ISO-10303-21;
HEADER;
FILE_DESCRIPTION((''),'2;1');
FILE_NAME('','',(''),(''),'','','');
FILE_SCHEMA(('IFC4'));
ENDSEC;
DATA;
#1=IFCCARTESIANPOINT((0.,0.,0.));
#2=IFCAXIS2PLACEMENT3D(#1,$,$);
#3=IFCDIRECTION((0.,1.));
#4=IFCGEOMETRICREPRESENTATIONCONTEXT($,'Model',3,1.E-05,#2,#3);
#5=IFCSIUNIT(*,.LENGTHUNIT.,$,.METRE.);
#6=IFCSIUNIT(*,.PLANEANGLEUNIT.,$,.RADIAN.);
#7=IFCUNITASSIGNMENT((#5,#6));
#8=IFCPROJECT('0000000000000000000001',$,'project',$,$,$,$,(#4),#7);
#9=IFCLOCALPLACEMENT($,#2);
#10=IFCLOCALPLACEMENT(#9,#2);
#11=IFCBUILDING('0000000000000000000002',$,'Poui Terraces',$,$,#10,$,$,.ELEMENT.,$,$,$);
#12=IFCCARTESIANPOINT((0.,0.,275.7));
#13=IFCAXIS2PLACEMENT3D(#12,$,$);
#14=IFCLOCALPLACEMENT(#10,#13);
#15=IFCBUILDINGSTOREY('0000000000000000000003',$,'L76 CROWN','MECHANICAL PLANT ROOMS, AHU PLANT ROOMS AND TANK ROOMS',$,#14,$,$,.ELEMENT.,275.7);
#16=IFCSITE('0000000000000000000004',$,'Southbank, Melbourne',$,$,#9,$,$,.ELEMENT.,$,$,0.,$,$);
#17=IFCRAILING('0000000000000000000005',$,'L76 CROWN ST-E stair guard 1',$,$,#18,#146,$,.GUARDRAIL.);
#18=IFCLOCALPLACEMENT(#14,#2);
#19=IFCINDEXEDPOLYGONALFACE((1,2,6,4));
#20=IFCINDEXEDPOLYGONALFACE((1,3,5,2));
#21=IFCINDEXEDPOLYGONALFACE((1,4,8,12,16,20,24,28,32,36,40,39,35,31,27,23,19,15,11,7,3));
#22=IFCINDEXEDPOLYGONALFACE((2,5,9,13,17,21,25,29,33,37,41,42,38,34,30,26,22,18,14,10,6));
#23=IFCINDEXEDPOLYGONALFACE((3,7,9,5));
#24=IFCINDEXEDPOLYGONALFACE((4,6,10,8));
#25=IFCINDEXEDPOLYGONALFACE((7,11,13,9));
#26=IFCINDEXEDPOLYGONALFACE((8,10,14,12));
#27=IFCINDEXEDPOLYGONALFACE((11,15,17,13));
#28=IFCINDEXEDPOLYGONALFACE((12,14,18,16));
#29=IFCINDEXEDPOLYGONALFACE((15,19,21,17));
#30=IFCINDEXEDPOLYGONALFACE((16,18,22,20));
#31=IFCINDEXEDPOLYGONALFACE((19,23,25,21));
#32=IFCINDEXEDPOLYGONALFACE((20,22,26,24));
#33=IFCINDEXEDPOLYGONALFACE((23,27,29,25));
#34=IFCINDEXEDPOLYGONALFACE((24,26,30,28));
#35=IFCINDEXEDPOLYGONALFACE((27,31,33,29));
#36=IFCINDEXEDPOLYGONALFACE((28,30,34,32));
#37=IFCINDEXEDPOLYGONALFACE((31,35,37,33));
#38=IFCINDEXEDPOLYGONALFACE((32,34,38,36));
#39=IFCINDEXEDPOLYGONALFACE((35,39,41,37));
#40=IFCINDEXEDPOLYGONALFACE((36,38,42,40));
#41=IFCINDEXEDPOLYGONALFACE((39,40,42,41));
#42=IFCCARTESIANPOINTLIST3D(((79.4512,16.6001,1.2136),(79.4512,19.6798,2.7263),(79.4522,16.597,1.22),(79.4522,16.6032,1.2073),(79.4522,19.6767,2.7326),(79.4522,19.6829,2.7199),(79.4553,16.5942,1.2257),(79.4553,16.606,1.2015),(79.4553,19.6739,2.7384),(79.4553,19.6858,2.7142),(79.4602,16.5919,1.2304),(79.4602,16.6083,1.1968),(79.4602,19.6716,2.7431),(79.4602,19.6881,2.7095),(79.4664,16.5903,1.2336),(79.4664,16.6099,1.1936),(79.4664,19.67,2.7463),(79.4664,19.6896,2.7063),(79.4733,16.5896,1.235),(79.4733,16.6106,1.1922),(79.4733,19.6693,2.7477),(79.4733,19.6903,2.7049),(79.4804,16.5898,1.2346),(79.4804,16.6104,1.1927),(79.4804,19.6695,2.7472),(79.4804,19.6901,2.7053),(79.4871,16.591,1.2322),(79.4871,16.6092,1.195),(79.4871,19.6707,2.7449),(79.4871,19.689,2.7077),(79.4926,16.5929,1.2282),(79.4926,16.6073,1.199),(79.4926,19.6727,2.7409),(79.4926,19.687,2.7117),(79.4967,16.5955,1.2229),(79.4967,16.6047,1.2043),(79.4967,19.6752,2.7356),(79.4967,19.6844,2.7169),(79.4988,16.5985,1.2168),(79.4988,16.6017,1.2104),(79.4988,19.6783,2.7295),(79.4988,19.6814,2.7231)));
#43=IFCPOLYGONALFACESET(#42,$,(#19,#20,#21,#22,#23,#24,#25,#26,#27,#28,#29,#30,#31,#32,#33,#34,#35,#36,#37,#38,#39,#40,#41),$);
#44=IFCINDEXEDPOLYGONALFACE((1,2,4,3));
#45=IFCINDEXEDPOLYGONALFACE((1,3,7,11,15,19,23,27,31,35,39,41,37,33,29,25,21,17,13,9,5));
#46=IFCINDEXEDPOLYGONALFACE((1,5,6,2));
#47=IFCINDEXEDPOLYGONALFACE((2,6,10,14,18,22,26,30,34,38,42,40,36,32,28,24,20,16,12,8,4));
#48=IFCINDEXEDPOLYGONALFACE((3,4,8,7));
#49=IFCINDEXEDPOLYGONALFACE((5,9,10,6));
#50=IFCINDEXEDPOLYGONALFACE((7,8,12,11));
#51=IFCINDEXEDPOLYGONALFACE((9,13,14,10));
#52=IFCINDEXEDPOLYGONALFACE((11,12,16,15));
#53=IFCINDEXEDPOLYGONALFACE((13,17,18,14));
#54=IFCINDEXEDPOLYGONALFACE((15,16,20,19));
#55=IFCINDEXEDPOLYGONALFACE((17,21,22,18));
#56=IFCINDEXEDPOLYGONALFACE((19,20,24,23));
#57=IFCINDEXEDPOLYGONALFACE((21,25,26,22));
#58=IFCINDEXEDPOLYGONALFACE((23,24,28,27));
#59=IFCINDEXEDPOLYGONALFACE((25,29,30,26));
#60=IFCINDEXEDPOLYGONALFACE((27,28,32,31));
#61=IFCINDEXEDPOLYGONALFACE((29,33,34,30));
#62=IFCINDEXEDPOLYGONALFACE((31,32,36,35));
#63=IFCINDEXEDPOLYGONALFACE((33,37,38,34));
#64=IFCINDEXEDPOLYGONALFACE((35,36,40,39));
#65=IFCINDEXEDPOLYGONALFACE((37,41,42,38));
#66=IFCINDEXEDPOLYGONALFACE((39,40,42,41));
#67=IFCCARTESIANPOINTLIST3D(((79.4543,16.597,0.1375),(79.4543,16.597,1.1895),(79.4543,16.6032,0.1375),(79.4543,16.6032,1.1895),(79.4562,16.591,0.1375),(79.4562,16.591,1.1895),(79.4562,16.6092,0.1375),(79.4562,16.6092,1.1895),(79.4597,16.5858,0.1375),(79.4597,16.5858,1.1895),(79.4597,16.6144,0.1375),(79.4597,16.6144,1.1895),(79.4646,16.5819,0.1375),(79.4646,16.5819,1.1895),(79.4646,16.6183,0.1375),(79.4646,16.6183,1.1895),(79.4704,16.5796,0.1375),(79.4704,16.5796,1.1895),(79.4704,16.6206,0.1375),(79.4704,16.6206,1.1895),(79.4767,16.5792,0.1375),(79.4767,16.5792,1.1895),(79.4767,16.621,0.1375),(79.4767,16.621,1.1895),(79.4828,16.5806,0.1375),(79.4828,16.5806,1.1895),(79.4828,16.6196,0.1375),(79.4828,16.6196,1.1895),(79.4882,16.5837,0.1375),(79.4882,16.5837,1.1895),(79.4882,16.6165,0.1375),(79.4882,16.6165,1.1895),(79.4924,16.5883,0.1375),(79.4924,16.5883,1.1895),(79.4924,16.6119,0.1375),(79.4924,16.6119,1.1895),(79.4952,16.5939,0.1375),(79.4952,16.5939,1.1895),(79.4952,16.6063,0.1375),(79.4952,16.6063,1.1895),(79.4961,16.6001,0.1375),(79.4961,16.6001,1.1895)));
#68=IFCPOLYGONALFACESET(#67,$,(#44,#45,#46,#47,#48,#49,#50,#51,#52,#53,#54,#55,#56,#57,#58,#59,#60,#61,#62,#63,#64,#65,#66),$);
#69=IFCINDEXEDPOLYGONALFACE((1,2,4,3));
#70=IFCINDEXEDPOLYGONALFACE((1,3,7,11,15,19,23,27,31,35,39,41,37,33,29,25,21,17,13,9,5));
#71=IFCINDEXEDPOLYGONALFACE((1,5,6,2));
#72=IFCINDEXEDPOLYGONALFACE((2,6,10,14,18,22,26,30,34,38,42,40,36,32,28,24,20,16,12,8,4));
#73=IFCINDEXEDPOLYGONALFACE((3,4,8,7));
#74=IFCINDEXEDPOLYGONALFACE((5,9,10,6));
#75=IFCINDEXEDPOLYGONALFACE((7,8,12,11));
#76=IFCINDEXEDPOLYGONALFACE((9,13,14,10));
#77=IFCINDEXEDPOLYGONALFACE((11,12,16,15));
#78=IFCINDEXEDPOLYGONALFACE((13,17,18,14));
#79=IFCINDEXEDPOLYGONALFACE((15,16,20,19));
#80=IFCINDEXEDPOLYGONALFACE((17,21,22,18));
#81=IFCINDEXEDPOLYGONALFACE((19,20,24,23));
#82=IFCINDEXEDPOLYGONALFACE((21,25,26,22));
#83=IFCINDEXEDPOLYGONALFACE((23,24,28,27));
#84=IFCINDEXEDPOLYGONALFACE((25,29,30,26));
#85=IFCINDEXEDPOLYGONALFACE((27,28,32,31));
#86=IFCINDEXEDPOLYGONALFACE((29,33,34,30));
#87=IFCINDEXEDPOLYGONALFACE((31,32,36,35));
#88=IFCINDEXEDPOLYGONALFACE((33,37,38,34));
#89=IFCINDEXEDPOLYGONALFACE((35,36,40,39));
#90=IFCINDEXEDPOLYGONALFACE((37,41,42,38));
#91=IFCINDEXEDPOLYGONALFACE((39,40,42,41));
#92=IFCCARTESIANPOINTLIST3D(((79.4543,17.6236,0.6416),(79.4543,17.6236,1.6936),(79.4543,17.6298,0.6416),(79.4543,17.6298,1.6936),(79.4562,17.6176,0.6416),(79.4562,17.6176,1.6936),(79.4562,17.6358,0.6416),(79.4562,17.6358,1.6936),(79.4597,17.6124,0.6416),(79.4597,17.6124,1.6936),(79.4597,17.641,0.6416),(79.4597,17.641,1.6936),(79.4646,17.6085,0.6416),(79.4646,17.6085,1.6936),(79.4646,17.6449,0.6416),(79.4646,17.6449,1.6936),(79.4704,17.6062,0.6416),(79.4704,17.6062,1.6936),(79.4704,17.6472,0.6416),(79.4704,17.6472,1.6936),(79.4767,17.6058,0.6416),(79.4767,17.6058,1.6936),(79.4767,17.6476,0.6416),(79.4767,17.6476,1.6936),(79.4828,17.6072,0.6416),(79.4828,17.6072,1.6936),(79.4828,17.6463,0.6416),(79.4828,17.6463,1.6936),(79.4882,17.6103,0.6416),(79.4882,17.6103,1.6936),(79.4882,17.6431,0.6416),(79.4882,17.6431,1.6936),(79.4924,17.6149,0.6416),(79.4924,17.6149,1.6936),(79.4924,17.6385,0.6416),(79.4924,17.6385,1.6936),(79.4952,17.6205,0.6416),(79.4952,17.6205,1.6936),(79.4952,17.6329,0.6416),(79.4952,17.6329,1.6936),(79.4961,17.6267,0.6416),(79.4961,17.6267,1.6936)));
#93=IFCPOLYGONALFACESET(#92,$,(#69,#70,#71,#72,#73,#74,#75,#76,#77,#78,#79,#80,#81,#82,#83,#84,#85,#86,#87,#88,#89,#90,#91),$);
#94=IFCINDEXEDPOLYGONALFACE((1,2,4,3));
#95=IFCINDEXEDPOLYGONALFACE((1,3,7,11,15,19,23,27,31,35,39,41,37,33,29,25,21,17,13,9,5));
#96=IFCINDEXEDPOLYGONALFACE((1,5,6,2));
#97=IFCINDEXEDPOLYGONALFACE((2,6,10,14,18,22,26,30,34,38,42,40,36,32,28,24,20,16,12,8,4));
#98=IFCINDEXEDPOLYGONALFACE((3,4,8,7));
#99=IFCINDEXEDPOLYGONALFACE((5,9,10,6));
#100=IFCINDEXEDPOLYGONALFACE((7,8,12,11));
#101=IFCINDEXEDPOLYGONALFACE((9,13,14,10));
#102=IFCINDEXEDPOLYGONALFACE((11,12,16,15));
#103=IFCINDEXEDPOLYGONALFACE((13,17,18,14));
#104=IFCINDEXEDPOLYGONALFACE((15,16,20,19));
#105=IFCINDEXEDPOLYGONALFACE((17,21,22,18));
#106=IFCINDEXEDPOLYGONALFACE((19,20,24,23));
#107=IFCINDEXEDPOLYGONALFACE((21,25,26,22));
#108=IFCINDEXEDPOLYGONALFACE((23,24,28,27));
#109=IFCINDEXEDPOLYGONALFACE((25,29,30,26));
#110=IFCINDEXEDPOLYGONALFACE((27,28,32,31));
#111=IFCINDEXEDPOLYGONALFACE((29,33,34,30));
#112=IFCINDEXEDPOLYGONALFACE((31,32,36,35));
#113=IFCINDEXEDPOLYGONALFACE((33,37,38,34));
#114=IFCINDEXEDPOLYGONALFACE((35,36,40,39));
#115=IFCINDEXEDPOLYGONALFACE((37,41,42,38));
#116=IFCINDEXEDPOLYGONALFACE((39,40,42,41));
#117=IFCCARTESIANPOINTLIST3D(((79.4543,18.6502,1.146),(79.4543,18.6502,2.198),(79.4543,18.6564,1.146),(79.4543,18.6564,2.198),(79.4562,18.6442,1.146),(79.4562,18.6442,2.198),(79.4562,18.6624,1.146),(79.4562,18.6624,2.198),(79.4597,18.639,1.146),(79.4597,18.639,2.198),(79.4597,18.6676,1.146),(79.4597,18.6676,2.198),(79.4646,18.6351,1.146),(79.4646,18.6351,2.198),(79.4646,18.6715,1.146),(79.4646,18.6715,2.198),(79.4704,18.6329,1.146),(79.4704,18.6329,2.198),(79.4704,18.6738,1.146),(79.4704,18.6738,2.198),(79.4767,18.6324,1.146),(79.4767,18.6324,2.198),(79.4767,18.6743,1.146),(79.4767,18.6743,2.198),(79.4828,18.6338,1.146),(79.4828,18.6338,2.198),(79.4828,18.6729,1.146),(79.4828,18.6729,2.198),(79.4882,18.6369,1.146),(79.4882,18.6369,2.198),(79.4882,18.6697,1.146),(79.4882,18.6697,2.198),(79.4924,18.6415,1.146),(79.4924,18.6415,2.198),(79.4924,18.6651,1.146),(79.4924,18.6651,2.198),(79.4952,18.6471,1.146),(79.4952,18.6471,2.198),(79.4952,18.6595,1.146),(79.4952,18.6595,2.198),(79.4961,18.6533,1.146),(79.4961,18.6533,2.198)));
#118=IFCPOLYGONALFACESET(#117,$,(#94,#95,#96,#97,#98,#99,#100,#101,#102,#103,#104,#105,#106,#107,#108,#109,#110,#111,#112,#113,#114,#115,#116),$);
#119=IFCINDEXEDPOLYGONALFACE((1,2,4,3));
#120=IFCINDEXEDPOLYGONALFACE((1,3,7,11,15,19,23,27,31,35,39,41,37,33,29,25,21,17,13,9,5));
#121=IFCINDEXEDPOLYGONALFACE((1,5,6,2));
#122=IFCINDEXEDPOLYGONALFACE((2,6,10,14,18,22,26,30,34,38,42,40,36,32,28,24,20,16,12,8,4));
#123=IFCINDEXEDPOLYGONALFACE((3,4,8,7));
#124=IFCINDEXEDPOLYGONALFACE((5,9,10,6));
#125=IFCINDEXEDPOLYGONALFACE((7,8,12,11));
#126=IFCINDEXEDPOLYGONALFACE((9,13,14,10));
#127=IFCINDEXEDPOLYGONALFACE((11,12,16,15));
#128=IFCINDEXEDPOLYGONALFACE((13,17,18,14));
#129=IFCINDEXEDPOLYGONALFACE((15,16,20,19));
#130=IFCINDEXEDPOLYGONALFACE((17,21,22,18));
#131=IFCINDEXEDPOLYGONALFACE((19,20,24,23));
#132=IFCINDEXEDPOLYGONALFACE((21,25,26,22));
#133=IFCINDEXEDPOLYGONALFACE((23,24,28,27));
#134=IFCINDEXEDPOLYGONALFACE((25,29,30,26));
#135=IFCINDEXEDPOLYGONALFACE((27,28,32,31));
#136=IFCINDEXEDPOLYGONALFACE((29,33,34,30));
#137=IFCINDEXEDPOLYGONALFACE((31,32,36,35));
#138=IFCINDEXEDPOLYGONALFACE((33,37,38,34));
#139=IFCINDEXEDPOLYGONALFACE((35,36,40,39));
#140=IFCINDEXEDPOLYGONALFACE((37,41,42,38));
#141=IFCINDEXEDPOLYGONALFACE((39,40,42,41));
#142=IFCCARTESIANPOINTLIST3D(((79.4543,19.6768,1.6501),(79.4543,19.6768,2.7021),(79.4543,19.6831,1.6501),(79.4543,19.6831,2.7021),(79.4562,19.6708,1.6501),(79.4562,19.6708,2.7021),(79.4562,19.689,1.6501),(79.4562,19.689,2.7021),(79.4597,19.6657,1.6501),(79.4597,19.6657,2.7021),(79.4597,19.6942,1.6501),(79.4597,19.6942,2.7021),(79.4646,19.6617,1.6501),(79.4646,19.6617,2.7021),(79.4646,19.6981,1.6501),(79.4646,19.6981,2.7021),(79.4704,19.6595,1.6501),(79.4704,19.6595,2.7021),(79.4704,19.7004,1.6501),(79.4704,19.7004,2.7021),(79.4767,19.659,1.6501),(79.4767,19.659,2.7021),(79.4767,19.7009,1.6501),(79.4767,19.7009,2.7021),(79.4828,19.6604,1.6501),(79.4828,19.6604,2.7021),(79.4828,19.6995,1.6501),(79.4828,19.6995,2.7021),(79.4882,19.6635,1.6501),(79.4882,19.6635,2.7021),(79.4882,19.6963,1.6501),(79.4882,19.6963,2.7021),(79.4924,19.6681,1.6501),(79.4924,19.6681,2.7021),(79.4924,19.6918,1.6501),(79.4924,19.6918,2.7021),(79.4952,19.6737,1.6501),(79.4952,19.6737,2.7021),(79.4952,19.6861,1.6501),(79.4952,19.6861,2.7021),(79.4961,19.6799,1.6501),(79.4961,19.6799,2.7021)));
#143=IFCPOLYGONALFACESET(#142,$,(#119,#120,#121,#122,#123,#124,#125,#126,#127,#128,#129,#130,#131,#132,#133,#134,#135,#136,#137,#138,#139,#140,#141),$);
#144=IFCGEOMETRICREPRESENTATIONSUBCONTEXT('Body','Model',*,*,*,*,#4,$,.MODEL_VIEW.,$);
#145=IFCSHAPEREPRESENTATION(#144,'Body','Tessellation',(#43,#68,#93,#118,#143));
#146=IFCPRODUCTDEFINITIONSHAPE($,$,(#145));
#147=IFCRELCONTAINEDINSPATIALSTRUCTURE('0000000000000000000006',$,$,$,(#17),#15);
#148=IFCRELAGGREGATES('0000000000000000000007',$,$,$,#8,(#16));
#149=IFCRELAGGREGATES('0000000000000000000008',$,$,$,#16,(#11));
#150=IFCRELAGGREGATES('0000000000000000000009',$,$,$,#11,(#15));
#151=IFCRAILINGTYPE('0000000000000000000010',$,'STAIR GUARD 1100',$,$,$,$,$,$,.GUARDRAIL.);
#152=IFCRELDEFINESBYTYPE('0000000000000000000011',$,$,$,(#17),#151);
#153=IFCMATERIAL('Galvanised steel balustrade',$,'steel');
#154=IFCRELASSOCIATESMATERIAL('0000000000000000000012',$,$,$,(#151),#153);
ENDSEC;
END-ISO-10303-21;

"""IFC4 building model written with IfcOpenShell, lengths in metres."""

from ifc_helpers import new_model, si_unit, direction, frame, origin, origin_2d, place, context, subcontext, project, spatial, circle, extrude, material, type_object, element, save


model = new_model("IFC4")

# Units and contexts
model_context = context("Model", 3, precision=1e-05, world=origin(), true_north=direction((0.0, 1.0)))
body_context = subcontext(model_context, "Body", "Model", "MODEL_VIEW")
ifc_project = project(units=[si_unit("LENGTHUNIT", "METRE"), si_unit("PLANEANGLEUNIT", "RADIAN")], contexts=[model_context])

# Site, building, storey
site_placement = place(None, origin())
site = spatial("IfcSite", under=ifc_project, at=site_placement, Name="Southbank, Melbourne", CompositionType="ELEMENT", RefElevation=0.0)
building_placement = place(site_placement, origin())
building = spatial("IfcBuilding", under=site, at=building_placement, Name="Poui Terraces", CompositionType="ELEMENT")
storey_placement = place(building_placement, frame((0.0, 0.0, 275.7)))
storey = spatial("IfcBuildingStorey", under=building, at=storey_placement, Name="L76 CROWN", Description="MECHANICAL PLANT ROOMS, AHU PLANT ROOMS AND TANK ROOMS", CompositionType="ELEMENT", Elevation=275.7)

# Railing
ifc_material_1 = material(Name="Galvanised steel balustrade", Category="steel")
railing_type_1 = type_object("IfcRailingType", Name="STAIR GUARD 1100", PredefinedType="GUARDRAIL", material=ifc_material_1)
for number, where, name in (
    (1, (79.4751, 16.6001, 0.1375), "L76 CROWN ST-E stair guard 1"),
):
    element("IfcRailing", number, at=place(storey_placement, frame(where)), inside=storey, type_object=railing_type_1, Name=name, PredefinedType="GUARDRAIL", context=body_context, shape_type="SweptSolid", body=[
        extrude(circle(Radius=0.0239, at=origin_2d()), frame((0.0, 0.0, 1.0762), z_axis=(0.0, 0.897578, 0.440856), x_axis=(-1.0, 0.0, 0.0)), (0.0, 0.0, 1.0), 3.4312),
        extrude(circle(Radius=0.021, at=origin_2d()), origin(), (0.0, 0.0, 1.0), 1.052),
        extrude(circle(Radius=0.021, at=origin_2d()), frame((0.0, 1.0266, 0.5042)), (0.0, 0.0, 1.0), 1.052),
        extrude(circle(Radius=0.021, at=origin_2d()), frame((0.0, 2.0532, 1.0085)), (0.0, 0.0, 1.0), 1.052),
        extrude(circle(Radius=0.021, at=origin_2d()), frame((0.0, 3.0798, 1.5127)), (0.0, 0.0, 1.0), 1.052),
    ])

save(model, "model.ifc")
